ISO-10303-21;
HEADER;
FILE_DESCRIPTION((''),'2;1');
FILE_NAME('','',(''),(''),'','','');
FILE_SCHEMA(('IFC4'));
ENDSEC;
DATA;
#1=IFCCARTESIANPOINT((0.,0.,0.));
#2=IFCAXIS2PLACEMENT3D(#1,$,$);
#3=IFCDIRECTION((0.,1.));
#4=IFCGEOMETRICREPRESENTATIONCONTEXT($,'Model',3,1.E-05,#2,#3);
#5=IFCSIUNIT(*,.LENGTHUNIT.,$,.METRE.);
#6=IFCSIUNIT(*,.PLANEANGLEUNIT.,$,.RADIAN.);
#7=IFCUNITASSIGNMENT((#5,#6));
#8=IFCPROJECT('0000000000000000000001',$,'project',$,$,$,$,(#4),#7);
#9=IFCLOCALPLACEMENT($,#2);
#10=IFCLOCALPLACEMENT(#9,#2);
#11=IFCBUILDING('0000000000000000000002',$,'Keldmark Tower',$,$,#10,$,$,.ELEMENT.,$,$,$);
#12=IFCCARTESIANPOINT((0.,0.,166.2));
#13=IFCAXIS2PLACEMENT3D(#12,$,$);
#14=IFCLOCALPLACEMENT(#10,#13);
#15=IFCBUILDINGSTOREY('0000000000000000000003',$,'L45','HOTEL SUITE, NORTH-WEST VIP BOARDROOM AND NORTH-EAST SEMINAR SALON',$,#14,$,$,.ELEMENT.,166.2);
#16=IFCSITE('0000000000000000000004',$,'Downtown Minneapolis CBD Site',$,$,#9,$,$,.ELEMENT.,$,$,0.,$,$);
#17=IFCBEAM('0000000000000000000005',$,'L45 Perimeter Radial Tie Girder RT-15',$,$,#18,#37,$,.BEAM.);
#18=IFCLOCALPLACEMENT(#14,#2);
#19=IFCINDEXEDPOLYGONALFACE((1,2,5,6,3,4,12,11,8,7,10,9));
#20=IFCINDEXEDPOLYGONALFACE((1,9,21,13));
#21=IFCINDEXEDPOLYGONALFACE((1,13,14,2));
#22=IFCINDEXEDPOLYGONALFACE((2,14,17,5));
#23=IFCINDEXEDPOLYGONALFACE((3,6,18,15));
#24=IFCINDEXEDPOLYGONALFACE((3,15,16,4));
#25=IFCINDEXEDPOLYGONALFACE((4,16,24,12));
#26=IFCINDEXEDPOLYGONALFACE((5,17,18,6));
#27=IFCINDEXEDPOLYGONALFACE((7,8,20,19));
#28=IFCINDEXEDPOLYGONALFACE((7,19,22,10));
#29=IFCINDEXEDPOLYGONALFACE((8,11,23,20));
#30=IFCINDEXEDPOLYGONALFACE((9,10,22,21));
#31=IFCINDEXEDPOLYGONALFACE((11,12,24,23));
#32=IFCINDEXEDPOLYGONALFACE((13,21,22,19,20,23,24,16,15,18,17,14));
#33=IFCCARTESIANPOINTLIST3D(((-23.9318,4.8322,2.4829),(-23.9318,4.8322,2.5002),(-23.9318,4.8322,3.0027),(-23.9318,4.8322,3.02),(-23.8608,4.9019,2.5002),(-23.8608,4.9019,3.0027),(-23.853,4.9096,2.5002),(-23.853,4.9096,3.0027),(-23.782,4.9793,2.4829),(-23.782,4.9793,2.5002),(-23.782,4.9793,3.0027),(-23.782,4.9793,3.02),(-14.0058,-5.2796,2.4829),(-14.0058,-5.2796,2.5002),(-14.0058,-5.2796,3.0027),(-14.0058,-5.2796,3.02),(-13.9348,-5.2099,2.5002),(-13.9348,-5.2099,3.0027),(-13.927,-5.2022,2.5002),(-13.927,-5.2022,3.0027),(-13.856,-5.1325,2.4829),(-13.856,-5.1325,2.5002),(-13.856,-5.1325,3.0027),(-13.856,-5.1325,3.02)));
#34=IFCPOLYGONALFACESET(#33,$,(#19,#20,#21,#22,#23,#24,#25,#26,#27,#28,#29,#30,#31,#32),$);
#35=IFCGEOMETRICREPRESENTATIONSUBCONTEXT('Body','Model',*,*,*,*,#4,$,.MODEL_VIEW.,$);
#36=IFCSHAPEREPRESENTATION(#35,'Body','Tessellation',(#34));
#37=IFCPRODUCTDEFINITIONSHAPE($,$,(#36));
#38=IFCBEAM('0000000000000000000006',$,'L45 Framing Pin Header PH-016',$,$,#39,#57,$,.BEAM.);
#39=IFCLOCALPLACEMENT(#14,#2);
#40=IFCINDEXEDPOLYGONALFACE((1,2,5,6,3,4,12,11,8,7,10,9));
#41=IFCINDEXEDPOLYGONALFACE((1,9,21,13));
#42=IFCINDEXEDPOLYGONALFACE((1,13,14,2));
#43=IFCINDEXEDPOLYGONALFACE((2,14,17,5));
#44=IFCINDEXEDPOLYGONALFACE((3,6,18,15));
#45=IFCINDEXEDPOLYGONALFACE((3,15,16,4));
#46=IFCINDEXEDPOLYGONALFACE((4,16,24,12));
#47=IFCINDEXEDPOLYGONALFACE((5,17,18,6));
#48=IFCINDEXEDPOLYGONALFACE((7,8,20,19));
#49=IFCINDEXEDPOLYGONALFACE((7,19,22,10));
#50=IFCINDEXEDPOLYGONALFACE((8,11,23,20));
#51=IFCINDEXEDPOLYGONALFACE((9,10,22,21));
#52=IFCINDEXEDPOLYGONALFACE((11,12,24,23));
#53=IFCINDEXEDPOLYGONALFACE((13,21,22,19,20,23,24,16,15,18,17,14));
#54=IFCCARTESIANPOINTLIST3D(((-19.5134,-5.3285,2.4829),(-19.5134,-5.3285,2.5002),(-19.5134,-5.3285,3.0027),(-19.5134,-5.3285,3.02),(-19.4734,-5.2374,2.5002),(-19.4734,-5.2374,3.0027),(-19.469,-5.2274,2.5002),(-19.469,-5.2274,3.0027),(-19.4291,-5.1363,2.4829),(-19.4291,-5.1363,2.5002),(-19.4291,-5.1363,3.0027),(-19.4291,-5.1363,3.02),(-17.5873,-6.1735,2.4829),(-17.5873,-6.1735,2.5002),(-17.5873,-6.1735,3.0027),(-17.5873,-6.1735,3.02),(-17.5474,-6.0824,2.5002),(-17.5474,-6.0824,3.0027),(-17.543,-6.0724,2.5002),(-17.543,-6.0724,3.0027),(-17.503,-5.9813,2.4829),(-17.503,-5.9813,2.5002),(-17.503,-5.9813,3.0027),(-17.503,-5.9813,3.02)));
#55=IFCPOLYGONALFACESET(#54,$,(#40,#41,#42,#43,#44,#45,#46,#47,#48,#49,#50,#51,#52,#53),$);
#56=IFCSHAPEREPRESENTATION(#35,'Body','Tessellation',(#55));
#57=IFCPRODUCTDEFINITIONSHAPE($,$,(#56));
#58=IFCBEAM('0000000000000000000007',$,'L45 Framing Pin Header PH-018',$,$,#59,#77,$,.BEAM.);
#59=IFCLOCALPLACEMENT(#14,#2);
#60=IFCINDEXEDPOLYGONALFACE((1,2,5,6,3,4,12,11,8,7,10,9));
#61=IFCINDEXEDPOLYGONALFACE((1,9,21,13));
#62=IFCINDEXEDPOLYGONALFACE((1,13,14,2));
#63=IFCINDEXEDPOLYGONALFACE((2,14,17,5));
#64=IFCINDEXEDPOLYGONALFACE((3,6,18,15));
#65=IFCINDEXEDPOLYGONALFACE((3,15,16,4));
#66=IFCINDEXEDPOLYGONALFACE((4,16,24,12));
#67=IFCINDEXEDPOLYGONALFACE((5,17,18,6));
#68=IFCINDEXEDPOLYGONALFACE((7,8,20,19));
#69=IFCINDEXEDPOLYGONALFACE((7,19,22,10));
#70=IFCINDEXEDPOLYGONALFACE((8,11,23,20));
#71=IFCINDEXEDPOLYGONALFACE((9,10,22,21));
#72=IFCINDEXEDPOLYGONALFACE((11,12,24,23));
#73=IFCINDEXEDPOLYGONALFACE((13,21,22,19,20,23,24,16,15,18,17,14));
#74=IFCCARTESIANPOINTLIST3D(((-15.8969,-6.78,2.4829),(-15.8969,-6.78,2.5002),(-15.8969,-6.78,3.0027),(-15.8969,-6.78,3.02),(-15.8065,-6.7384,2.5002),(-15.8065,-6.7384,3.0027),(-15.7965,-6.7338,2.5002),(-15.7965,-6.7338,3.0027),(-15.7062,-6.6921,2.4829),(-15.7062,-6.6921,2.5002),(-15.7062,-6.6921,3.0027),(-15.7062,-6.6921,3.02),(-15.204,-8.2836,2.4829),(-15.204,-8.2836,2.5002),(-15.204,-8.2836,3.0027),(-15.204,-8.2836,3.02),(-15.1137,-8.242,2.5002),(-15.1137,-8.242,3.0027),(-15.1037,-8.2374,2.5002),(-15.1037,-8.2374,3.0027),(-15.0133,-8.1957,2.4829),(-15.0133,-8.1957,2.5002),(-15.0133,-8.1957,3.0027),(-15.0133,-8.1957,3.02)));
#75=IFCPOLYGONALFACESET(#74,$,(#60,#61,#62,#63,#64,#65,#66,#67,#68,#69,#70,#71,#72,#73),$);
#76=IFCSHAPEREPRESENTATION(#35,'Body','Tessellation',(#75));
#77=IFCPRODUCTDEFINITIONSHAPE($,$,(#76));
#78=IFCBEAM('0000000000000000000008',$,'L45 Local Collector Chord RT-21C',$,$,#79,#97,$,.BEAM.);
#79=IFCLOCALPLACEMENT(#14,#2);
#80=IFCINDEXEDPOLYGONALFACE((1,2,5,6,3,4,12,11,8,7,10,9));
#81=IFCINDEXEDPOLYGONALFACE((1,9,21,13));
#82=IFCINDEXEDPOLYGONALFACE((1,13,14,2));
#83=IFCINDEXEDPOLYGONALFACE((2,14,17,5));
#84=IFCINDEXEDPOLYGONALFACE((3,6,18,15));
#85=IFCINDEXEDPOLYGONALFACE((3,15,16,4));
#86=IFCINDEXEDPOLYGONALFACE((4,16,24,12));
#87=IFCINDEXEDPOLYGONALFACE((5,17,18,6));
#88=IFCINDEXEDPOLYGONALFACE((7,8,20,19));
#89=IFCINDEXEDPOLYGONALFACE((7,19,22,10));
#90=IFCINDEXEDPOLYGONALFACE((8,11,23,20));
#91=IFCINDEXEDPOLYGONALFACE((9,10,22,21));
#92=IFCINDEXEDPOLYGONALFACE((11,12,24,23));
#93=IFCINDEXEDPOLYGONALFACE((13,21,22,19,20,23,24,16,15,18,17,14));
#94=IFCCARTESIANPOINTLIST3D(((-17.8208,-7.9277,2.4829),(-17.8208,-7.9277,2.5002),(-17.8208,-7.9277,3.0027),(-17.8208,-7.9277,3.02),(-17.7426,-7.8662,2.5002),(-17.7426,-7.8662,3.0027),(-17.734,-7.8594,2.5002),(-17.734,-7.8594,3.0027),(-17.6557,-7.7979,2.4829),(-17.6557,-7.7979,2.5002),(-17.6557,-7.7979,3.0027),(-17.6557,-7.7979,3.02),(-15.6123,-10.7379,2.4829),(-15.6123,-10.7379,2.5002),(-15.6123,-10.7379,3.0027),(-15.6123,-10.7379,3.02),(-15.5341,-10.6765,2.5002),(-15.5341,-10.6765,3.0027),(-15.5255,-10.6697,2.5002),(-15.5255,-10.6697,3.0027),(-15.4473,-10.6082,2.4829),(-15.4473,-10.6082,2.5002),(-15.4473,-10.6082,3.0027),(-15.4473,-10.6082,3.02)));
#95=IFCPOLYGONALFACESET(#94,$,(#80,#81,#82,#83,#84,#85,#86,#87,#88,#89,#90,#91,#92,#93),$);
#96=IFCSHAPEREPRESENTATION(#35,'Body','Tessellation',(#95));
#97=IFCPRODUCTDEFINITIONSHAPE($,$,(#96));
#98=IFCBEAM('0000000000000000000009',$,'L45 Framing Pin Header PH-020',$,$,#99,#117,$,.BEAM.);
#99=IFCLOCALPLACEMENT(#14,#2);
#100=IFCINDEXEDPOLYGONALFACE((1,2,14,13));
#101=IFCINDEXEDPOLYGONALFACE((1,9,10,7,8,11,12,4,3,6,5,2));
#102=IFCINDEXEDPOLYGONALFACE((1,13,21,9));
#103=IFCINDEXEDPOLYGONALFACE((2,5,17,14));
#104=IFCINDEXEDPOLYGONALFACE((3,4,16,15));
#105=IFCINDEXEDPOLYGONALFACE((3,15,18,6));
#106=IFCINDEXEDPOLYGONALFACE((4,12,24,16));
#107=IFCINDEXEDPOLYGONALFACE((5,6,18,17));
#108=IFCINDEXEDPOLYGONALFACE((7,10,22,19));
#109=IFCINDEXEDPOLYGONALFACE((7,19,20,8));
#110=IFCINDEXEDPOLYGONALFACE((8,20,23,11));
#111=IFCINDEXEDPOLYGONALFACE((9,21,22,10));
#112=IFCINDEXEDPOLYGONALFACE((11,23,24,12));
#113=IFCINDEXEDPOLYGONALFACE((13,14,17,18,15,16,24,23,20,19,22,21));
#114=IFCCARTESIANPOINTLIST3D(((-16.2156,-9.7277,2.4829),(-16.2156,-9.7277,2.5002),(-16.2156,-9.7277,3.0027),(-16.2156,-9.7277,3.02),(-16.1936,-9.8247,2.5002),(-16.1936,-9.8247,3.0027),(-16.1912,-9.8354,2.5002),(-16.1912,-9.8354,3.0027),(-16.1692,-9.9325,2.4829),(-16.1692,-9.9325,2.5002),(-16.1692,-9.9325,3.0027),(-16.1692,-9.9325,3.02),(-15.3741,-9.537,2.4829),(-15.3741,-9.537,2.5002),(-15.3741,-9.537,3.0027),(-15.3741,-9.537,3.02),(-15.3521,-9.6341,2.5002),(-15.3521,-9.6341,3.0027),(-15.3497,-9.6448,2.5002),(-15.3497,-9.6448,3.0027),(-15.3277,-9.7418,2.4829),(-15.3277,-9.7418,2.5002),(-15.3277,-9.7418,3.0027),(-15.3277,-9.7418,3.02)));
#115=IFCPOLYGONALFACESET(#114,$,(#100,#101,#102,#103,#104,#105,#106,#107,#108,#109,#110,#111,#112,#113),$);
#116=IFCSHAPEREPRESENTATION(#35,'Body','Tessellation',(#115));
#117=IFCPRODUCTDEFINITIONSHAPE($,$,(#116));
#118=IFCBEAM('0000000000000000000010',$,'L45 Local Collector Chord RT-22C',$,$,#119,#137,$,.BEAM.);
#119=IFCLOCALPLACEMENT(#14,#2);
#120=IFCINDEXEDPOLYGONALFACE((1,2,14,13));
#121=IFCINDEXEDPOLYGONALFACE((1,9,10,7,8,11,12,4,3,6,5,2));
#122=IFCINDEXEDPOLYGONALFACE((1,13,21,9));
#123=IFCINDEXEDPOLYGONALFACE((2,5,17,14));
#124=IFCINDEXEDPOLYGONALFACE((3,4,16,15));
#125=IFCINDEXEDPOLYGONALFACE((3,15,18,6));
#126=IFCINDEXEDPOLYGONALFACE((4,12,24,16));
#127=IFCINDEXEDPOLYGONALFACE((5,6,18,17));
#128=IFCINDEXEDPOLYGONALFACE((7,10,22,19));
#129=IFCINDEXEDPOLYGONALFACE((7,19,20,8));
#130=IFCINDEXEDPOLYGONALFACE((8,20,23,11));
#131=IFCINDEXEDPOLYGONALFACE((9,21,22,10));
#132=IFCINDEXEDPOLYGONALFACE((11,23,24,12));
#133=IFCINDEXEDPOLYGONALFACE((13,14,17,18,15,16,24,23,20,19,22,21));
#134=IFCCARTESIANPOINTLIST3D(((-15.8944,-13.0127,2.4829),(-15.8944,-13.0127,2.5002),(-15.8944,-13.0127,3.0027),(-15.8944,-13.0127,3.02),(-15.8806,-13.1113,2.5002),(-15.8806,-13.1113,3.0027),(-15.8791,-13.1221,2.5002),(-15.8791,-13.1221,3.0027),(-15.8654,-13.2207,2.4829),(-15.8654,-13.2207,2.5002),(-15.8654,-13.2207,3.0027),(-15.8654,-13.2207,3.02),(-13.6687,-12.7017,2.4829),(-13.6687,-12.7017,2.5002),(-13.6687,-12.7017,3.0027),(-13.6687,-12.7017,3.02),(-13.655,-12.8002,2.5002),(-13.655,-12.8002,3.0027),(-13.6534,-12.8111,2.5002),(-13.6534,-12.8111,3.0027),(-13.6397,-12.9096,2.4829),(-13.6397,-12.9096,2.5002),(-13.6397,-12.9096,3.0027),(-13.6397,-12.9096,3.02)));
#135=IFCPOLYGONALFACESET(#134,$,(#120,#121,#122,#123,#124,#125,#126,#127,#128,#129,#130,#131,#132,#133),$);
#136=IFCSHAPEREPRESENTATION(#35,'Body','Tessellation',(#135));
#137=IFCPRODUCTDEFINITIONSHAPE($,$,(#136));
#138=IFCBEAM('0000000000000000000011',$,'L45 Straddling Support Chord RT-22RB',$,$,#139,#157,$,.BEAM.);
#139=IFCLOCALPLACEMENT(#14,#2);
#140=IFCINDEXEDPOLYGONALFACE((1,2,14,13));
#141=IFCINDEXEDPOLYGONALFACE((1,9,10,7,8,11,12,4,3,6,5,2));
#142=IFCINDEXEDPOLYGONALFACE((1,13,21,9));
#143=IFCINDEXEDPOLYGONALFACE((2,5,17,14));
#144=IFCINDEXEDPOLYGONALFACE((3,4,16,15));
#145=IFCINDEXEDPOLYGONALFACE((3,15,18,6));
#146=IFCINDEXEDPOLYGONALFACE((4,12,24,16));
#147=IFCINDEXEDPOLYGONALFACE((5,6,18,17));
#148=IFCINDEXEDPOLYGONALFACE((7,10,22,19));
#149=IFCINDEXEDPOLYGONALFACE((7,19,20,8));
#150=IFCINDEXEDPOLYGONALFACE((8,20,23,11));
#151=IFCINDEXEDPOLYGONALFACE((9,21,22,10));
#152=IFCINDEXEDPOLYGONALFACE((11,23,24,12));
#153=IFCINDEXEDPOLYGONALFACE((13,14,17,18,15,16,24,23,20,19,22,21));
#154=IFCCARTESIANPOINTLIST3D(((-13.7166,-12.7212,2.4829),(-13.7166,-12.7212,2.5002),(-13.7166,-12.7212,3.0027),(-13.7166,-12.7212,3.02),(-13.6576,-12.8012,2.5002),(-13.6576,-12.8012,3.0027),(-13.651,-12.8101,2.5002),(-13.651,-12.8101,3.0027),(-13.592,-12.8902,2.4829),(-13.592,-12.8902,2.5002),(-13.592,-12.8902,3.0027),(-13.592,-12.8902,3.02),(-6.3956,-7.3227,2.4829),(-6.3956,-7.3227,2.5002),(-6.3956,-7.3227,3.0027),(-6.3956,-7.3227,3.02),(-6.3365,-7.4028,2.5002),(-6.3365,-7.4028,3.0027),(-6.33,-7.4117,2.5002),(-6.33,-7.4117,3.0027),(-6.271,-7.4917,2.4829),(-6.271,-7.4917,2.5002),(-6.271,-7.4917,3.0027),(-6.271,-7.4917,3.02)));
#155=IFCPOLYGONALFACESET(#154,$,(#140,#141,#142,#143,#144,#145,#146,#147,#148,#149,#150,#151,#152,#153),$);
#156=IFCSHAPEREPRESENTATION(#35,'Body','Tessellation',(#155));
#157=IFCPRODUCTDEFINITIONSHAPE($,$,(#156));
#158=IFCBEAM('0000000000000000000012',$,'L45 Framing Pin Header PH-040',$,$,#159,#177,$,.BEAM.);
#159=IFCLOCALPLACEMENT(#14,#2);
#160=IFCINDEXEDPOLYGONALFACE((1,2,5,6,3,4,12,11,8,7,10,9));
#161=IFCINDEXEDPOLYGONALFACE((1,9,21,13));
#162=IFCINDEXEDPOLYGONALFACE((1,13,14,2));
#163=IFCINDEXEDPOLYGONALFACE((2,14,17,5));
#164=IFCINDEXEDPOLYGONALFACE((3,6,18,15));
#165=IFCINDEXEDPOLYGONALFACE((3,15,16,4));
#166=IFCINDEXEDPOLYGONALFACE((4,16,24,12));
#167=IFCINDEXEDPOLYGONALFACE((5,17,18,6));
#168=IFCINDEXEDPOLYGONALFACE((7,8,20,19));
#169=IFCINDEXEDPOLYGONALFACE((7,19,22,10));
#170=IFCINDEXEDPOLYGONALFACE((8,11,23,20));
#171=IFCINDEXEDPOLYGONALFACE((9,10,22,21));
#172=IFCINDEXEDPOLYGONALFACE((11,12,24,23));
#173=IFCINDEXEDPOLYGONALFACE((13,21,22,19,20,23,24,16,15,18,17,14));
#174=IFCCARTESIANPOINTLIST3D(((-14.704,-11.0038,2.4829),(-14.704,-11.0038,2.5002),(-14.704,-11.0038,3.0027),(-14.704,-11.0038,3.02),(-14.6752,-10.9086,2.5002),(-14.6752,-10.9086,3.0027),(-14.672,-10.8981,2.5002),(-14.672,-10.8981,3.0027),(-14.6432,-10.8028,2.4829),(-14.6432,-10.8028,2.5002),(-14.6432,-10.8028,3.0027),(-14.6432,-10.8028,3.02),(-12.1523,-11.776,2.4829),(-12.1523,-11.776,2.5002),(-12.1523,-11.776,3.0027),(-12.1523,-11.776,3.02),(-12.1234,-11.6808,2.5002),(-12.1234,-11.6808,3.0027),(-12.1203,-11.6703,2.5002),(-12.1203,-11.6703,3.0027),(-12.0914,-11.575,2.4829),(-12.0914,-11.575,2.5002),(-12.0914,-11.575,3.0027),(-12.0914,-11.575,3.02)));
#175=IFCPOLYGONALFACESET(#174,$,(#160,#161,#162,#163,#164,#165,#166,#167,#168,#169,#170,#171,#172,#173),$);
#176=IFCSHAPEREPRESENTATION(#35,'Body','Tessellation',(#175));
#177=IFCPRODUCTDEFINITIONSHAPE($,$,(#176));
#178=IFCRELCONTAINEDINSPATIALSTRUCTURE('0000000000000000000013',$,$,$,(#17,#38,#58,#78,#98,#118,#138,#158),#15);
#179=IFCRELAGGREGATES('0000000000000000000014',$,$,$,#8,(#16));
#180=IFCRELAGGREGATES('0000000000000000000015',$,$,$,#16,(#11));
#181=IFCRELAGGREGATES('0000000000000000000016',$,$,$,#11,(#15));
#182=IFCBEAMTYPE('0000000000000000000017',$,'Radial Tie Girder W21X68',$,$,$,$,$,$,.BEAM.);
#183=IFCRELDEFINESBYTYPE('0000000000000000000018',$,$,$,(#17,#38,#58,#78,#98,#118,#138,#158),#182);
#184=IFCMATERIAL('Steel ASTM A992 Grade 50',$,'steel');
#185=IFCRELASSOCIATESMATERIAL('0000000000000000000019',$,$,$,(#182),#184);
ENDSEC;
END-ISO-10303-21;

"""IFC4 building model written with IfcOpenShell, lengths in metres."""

from ifc_helpers import new_model, si_unit, direction, frame, origin, origin_2d, place, context, subcontext, project, spatial, i_section, extrude, material, material_profile, profile_set, type_object, element, save


model = new_model("IFC4")

# Units and contexts
model_context = context("Model", 3, precision=1e-05, world=origin(), true_north=direction((0.0, 1.0)))
body_context = subcontext(model_context, "Body", "Model", "MODEL_VIEW")
ifc_project = project(units=[si_unit("LENGTHUNIT", "METRE"), si_unit("PLANEANGLEUNIT", "RADIAN")], contexts=[model_context])

# Site, building, storey
site_placement = place(None, origin())
site = spatial("IfcSite", under=ifc_project, at=site_placement, Name="Downtown Minneapolis CBD Site", CompositionType="ELEMENT", RefElevation=0.0)
building_placement = place(site_placement, origin())
building = spatial("IfcBuilding", under=site, at=building_placement, Name="Keldmark Tower", CompositionType="ELEMENT")
storey_placement = place(building_placement, frame((0.0, 0.0, 166.2)))
storey = spatial("IfcBuildingStorey", under=building, at=storey_placement, Name="L45", Description="HOTEL SUITE, NORTH-WEST VIP BOARDROOM AND NORTH-EAST SEMINAR SALON", CompositionType="ELEMENT", Elevation=166.2)

# Beams
ifc_material_1 = material(Name="Steel ASTM A992 Grade 50", Category="steel")
ifc_material_profile_1 = material_profile(ifc_material_1, i_section(OverallWidth=0.21, OverallDepth=0.5371, WebThickness=0.011, FlangeThickness=0.0173, at=origin_2d()), Name="W21X68")
ifc_profile_set_1 = profile_set([ifc_material_profile_1], Name="Steel ASTM A992 Grade 50")
beam_type_1 = type_object("IfcBeamType", Name="Radial Tie Girder W21X68", PredefinedType="BEAM", material=ifc_profile_set_1)
beam_1_placement = place(storey_placement, frame((-13.9309, -5.2061, 2.7515), z_axis=(-0.70052, 0.713632, 0.0), x_axis=(-0.713632, -0.70052, 0.0)))
element("IfcBeam", 1, at=beam_1_placement, inside=storey, type_object=beam_type_1, Name="L45 Perimeter Radial Tie Girder RT-15", PredefinedType="BEAM", context=body_context, shape_type="SweptSolid", body=[
    extrude(i_section(OverallWidth=0.21, OverallDepth=0.5371, WebThickness=0.011, FlangeThickness=0.0173, at=origin_2d()), origin(), (0.0, 0.0, 1.0), 14.1694),
])
beam_2_placement = place(storey_placement, frame((-17.5452, -6.0774, 2.7515), z_axis=(-0.915749, 0.40175, 0.0), x_axis=(-0.40175, -0.915749, 0.0)))
element("IfcBeam", 2, at=beam_2_placement, inside=storey, type_object=beam_type_1, Name="L45 Framing Pin Header PH-016", PredefinedType="BEAM", context=body_context, shape_type="SweptSolid", body=[
    extrude(i_section(OverallWidth=0.21, OverallDepth=0.5371, WebThickness=0.011, FlangeThickness=0.0173, at=origin_2d()), origin(), (0.0, 0.0, 1.0), 2.1033),
])
beam_3_placement = place(storey_placement, frame((-15.8015, -6.7361, 2.7515), z_axis=(0.418497, -0.908218, 0.0), x_axis=(0.908218, 0.418497, 0.0)))
element("IfcBeam", 3, at=beam_3_placement, inside=storey, type_object=beam_type_1, Name="L45 Framing Pin Header PH-018", PredefinedType="BEAM", context=body_context, shape_type="SweptSolid", body=[
    extrude(i_section(OverallWidth=0.21, OverallDepth=0.5371, WebThickness=0.011, FlangeThickness=0.0173, at=origin_2d()), origin(), (0.0, 0.0, 1.0), 1.6555),
])
beam_4_placement = place(storey_placement, frame((-17.7383, -7.8628, 2.7515), z_axis=(0.617891, -0.786264, 0.0), x_axis=(0.786264, 0.617891, 0.0)))
element("IfcBeam", 4, at=beam_4_placement, inside=storey, type_object=beam_type_1, Name="L45 Local Collector Chord RT-21C", PredefinedType="BEAM", context=body_context, shape_type="SweptSolid", body=[
    extrude(i_section(OverallWidth=0.21, OverallDepth=0.5371, WebThickness=0.011, FlangeThickness=0.0173, at=origin_2d()), origin(), (0.0, 0.0, 1.0), 3.5742),
])
beam_5_placement = place(storey_placement, frame((-16.1924, -9.8301, 2.7515), z_axis=(0.97528, 0.220973, 0.0), x_axis=(-0.220973, 0.97528, 0.0)))
element("IfcBeam", 5, at=beam_5_placement, inside=storey, type_object=beam_type_1, Name="L45 Framing Pin Header PH-020", PredefinedType="BEAM", context=body_context, shape_type="SweptSolid", body=[
    extrude(i_section(OverallWidth=0.21, OverallDepth=0.5371, WebThickness=0.011, FlangeThickness=0.0173, at=origin_2d()), origin(), (0.0, 0.0, 1.0), 0.8628),
])
beam_6_placement = place(storey_placement, frame((-15.8799, -13.1167, 2.7515), z_axis=(0.990375, 0.138409, 0.0), x_axis=(-0.138409, 0.990375, 0.0)))
element("IfcBeam", 6, at=beam_6_placement, inside=storey, type_object=beam_type_1, Name="L45 Local Collector Chord RT-22C", PredefinedType="BEAM", context=body_context, shape_type="SweptSolid", body=[
    extrude(i_section(OverallWidth=0.21, OverallDepth=0.5371, WebThickness=0.011, FlangeThickness=0.0173, at=origin_2d()), origin(), (0.0, 0.0, 1.0), 2.2473),
])
beam_7_placement = place(storey_placement, frame((-13.6543, -12.8057, 2.7515), z_axis=(0.804847, 0.593483, 0.0), x_axis=(-0.593483, 0.804847, 0.0)))
element("IfcBeam", 7, at=beam_7_placement, inside=storey, type_object=beam_type_1, Name="L45 Straddling Support Chord RT-22RB", PredefinedType="BEAM", context=body_context, shape_type="SweptSolid", body=[
    extrude(i_section(OverallWidth=0.21, OverallDepth=0.5371, WebThickness=0.011, FlangeThickness=0.0173, at=origin_2d()), origin(), (0.0, 0.0, 1.0), 9.0962),
])
beam_8_placement = place(storey_placement, frame((-14.6736, -10.9033, 2.7515), z_axis=(0.957133, -0.289649, 0.0), x_axis=(0.289649, 0.957133, 0.0)))
element("IfcBeam", 8, at=beam_8_placement, inside=storey, type_object=beam_type_1, Name="L45 Framing Pin Header PH-040", PredefinedType="BEAM", context=body_context, shape_type="SweptSolid", body=[
    extrude(i_section(OverallWidth=0.21, OverallDepth=0.5371, WebThickness=0.011, FlangeThickness=0.0173, at=origin_2d()), origin(), (0.0, 0.0, 1.0), 2.666),
])

save(model, "model.ifc")
